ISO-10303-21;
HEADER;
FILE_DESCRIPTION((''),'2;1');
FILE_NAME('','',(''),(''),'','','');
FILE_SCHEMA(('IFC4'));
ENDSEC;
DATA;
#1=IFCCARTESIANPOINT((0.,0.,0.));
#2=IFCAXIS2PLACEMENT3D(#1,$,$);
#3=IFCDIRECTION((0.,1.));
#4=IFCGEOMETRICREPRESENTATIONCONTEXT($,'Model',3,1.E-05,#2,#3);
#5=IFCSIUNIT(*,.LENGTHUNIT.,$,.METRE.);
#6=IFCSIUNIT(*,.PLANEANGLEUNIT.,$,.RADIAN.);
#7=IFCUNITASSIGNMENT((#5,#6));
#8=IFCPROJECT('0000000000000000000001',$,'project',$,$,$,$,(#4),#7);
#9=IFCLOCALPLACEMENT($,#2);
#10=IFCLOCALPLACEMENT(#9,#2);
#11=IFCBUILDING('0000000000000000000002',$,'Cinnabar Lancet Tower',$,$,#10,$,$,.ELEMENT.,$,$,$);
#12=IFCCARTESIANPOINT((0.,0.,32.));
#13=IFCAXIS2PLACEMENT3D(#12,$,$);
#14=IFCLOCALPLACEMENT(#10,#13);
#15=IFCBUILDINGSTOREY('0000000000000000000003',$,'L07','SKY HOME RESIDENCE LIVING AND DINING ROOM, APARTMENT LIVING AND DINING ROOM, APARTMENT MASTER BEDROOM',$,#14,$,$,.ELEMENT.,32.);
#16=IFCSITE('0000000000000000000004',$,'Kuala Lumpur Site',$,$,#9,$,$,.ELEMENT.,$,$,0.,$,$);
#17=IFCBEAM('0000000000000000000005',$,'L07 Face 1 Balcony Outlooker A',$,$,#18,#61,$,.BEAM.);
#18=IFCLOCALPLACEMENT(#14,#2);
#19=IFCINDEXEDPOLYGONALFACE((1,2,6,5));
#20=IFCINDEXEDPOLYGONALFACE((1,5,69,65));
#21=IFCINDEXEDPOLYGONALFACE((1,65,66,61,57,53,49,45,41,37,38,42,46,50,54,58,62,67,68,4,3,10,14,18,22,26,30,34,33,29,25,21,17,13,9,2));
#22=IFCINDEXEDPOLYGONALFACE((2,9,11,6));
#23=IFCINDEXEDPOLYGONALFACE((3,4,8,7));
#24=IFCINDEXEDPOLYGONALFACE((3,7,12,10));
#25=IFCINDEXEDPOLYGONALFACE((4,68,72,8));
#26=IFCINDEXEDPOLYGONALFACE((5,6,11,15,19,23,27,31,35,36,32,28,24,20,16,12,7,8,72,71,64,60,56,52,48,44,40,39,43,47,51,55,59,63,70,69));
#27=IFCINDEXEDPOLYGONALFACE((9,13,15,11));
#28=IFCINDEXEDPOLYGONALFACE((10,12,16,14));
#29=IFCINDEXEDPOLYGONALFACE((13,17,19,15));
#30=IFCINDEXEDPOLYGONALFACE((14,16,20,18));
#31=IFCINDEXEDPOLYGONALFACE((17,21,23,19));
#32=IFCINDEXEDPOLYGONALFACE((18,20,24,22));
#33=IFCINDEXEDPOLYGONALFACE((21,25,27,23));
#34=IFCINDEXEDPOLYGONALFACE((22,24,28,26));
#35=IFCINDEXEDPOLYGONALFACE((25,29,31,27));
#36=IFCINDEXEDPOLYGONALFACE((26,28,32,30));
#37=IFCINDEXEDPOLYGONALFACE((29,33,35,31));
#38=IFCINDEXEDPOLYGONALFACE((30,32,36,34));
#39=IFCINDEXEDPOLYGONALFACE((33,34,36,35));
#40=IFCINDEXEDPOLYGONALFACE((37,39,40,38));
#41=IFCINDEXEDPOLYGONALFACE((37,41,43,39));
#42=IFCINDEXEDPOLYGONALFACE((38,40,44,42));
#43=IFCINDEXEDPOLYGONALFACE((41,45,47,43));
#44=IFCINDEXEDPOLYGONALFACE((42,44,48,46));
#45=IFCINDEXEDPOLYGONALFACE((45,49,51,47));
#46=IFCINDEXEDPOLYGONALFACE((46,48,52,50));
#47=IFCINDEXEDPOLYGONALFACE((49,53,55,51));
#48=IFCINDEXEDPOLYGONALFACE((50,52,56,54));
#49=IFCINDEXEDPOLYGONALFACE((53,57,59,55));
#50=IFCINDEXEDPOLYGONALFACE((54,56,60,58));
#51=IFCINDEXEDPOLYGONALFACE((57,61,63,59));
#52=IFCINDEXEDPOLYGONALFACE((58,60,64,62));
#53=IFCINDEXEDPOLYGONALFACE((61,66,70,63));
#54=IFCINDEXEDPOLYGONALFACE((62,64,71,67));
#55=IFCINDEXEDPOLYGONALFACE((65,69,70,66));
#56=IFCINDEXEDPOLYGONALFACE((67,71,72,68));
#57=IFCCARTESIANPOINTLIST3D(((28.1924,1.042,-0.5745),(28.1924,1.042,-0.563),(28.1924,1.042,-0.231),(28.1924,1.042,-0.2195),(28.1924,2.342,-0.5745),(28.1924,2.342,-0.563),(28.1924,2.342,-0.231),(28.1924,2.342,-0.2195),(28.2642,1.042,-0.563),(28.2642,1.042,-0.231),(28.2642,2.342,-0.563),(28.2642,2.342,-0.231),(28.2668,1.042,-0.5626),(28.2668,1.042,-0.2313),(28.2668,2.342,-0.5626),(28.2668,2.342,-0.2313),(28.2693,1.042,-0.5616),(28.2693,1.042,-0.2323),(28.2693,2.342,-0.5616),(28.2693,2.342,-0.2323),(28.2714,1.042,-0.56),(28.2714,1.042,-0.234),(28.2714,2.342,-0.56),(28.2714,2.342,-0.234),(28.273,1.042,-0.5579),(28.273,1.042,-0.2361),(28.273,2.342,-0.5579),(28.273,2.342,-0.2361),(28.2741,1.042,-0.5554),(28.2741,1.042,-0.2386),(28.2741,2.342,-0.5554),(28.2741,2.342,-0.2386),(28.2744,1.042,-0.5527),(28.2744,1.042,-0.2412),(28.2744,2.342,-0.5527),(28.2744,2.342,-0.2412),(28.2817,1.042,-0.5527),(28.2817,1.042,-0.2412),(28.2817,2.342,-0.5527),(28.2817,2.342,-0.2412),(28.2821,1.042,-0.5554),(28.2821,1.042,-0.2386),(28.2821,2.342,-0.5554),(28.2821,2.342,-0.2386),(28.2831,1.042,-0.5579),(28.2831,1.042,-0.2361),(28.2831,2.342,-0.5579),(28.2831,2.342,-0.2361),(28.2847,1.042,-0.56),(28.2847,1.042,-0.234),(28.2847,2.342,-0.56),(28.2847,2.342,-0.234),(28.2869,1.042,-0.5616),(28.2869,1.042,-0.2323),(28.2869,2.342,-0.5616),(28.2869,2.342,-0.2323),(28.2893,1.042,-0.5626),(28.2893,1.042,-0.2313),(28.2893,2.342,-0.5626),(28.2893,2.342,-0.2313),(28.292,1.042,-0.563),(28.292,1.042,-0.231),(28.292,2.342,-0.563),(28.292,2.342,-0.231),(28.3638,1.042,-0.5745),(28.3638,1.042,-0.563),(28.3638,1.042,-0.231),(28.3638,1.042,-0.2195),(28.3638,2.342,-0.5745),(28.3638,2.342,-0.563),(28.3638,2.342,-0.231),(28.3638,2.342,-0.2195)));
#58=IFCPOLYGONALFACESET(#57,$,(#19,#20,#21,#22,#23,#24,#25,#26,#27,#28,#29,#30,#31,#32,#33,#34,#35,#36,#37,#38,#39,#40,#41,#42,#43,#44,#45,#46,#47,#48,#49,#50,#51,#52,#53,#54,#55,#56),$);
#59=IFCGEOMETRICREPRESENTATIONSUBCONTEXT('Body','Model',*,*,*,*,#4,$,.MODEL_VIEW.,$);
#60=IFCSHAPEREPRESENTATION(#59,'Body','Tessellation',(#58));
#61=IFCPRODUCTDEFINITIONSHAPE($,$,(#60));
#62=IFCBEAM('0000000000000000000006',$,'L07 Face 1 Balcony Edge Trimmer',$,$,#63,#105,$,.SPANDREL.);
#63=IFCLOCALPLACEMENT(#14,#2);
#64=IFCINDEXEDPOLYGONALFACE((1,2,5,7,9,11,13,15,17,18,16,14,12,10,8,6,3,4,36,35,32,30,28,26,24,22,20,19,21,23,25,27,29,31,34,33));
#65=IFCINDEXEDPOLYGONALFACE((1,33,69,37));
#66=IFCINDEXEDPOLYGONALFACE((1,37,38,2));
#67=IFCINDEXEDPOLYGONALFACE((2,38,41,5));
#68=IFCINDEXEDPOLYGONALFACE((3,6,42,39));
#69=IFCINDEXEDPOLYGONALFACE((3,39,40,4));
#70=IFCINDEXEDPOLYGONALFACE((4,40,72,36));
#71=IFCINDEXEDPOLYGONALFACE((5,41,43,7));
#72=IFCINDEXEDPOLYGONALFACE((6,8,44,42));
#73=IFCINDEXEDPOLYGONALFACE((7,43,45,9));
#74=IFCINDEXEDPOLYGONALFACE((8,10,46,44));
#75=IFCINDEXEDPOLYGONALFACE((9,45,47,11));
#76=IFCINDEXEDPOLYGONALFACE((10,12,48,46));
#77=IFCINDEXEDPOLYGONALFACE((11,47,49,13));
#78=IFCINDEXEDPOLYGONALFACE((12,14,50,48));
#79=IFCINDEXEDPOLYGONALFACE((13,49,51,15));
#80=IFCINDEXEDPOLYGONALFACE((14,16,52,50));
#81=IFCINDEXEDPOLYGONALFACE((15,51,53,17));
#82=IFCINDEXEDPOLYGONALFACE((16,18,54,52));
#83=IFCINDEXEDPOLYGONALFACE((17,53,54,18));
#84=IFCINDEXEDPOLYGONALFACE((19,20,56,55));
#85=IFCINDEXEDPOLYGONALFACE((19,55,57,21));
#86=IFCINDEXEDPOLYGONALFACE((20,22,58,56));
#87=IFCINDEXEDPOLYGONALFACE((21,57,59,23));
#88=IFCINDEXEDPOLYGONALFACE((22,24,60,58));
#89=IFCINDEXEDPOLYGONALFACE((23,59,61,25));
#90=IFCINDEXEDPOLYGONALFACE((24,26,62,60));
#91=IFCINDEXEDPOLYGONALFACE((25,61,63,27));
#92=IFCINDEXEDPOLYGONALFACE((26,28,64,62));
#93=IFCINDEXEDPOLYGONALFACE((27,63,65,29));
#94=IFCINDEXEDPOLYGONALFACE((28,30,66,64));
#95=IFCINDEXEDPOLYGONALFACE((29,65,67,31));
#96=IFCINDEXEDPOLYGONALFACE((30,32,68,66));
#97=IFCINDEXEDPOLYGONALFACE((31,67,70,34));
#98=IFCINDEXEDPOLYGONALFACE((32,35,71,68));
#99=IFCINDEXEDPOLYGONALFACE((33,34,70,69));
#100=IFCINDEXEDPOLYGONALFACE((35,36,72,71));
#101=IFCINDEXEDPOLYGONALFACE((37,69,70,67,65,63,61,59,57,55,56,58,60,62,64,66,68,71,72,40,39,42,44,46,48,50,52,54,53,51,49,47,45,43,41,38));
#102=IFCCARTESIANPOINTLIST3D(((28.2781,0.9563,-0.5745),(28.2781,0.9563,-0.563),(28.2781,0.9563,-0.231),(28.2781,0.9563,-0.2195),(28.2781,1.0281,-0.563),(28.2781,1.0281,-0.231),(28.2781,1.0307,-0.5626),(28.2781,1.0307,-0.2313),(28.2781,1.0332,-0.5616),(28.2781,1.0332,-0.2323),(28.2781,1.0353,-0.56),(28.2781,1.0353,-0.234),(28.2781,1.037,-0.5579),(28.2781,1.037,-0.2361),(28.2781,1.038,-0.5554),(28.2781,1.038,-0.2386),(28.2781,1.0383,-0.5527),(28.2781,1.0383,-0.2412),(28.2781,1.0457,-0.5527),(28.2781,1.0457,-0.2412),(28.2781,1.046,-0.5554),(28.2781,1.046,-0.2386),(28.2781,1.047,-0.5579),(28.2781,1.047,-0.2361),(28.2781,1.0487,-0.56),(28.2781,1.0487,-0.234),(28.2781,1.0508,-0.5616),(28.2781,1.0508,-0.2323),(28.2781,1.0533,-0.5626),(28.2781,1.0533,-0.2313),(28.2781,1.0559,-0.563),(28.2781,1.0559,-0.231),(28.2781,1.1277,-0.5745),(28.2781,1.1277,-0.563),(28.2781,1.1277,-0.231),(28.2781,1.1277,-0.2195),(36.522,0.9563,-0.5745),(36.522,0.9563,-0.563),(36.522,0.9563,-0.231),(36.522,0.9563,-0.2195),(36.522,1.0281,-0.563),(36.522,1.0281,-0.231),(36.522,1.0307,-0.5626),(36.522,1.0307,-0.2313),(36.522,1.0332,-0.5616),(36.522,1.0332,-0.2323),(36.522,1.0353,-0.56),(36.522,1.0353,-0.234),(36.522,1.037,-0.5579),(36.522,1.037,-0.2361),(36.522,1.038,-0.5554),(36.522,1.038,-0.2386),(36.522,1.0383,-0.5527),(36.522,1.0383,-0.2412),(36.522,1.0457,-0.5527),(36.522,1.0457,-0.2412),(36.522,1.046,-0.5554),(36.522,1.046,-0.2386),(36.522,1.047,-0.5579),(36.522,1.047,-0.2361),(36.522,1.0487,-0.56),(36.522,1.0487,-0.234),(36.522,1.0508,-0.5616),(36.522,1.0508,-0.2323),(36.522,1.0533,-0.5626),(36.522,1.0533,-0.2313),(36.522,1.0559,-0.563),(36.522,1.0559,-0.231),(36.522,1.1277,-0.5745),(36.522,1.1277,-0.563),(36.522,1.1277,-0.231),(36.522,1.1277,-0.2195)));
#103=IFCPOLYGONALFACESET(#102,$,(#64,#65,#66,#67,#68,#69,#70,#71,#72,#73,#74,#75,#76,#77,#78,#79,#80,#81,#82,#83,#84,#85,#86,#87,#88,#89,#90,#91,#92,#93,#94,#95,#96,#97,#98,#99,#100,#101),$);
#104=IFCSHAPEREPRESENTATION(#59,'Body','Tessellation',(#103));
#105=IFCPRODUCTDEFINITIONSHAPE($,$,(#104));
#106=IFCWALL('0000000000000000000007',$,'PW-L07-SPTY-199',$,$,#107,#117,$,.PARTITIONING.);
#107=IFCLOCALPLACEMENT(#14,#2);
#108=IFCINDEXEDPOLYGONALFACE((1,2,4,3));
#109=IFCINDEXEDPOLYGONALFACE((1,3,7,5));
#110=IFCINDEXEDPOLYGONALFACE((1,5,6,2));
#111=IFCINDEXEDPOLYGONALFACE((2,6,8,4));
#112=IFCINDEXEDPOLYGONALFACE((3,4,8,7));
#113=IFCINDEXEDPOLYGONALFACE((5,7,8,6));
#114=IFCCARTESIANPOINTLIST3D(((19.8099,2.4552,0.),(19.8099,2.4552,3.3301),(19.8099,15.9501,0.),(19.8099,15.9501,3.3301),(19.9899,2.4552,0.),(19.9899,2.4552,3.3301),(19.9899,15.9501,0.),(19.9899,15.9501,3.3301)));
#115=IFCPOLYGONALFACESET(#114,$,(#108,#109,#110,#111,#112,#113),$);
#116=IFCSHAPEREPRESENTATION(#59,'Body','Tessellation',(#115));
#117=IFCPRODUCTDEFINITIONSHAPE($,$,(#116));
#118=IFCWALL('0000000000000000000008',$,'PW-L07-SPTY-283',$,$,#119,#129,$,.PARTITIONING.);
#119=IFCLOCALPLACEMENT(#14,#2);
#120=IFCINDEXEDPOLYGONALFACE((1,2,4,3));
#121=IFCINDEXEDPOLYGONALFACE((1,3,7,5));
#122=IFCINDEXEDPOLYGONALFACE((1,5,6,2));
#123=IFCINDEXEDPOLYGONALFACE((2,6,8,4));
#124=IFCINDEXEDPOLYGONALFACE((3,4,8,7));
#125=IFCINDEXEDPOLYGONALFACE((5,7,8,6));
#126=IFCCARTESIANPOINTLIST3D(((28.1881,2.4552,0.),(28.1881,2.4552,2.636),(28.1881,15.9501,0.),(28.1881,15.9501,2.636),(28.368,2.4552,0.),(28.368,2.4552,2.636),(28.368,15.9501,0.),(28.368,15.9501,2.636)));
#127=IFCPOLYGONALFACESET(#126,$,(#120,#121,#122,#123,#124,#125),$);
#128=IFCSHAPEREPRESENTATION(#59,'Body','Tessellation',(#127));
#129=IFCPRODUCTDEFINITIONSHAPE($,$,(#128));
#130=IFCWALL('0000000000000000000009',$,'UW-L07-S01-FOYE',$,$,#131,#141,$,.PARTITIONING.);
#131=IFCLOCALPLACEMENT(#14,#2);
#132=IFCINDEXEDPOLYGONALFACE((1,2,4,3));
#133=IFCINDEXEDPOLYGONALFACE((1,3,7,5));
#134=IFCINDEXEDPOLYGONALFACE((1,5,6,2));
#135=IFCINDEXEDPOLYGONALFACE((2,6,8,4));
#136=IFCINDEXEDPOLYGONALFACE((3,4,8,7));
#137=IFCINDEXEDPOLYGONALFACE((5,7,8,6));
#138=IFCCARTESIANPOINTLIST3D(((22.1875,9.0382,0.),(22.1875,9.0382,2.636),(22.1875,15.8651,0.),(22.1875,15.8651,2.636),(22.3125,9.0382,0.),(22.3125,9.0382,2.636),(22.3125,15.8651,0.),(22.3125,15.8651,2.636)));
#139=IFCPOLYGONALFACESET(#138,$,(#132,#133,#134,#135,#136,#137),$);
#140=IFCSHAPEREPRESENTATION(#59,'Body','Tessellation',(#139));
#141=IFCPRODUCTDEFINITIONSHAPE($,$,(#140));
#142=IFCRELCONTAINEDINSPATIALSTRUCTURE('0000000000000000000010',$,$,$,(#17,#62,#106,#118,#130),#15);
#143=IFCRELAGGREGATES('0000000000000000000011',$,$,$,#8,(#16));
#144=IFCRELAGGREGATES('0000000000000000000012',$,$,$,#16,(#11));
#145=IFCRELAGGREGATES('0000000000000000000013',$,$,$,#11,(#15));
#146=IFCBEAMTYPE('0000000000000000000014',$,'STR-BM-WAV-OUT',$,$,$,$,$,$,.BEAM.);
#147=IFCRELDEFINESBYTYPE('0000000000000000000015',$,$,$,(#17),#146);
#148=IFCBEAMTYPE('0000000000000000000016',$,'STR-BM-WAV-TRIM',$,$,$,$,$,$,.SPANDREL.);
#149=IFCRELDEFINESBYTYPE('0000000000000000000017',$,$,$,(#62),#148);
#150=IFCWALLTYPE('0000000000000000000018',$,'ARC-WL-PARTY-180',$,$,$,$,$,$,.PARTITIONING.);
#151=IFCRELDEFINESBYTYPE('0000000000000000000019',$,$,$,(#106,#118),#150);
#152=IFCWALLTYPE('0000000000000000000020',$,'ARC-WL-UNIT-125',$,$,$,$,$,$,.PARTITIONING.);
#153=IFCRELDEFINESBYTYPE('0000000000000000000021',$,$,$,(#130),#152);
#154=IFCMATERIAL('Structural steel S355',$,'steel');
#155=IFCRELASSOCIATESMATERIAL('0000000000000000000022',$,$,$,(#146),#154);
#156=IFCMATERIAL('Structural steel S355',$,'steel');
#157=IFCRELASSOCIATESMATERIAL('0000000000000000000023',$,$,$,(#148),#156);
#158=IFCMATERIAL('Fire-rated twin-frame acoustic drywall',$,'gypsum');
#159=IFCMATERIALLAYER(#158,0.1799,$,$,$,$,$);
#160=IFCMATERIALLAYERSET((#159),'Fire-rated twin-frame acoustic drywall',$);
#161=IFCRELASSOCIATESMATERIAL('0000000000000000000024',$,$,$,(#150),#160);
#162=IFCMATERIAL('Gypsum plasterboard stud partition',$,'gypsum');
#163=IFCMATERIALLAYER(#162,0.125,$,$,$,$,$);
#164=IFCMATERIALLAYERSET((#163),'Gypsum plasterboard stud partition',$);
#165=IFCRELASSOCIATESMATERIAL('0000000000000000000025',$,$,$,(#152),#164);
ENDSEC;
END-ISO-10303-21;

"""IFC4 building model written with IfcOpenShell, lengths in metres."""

from ifc_helpers import new_model, si_unit, direction, frame, frame_2d, origin, origin_2d, place, context, subcontext, project, spatial, rectangle, i_section, extrude, material, layer, layer_set, material_profile, profile_set, type_object, element, save


model = new_model("IFC4")

# Units and contexts
model_context = context("Model", 3, precision=1e-05, world=origin(), true_north=direction((0.0, 1.0)))
body_context = subcontext(model_context, "Body", "Model", "MODEL_VIEW")
ifc_project = project(units=[si_unit("LENGTHUNIT", "METRE"), si_unit("PLANEANGLEUNIT", "RADIAN")], contexts=[model_context])

# Site, building, storey
site_placement = place(None, origin())
site = spatial("IfcSite", under=ifc_project, at=site_placement, Name="Kuala Lumpur Site", CompositionType="ELEMENT", RefElevation=0.0)
building_placement = place(site_placement, origin())
building = spatial("IfcBuilding", under=site, at=building_placement, Name="Cinnabar Lancet Tower", CompositionType="ELEMENT")
storey_placement = place(building_placement, frame((0.0, 0.0, 32.0)))
storey = spatial("IfcBuildingStorey", under=building, at=storey_placement, Name="L07", Description="SKY HOME RESIDENCE LIVING AND DINING ROOM, APARTMENT LIVING AND DINING ROOM, APARTMENT MASTER BEDROOM", CompositionType="ELEMENT", Elevation=32.0)

# Beams
ifc_material_1 = material(Name="Structural steel S355", Category="steel")
ifc_material_profile_1 = material_profile(ifc_material_1, i_section(OverallWidth=0.1714, OverallDepth=0.355, WebThickness=0.0073, FlangeThickness=0.0115, FilletRadius=0.0103, at=origin_2d()), Name="UKB 356x171x51")
ifc_profile_set_1 = profile_set([ifc_material_profile_1], Name="Structural steel S355")
beam_type_1 = type_object("IfcBeamType", Name="STR-BM-WAV-OUT", PredefinedType="BEAM", material=ifc_profile_set_1)
beam_1_placement = place(storey_placement, frame((28.2781, 2.342, -0.397), z_axis=(0.0, -1.0, 0.0), x_axis=(1.0, 0.0, 0.0)))
element("IfcBeam", 1, at=beam_1_placement, inside=storey, type_object=beam_type_1, Name="L07 Face 1 Balcony Outlooker A", PredefinedType="BEAM", context=body_context, shape_type="SweptSolid", body=[
    extrude(i_section(OverallWidth=0.1714, OverallDepth=0.355, WebThickness=0.0073, FlangeThickness=0.0115, FilletRadius=0.0103, at=origin_2d()), origin(), (0.0, 0.0, 1.0), 1.3),
])
ifc_material_2 = material(Name="Structural steel S355", Category="steel")
ifc_material_profile_2 = material_profile(ifc_material_2, i_section(OverallWidth=0.1714, OverallDepth=0.355, WebThickness=0.0073, FlangeThickness=0.0115, FilletRadius=0.0103, at=origin_2d()), Name="UKB 356x171x51")
ifc_profile_set_2 = profile_set([ifc_material_profile_2], Name="Structural steel S355")
beam_type_2 = type_object("IfcBeamType", Name="STR-BM-WAV-TRIM", PredefinedType="SPANDREL", material=ifc_profile_set_2)
beam_2_placement = place(storey_placement, frame((28.2781, 1.042, -0.397), z_axis=(1.0, 0.0, 0.0), x_axis=(0.0, 1.0, 0.0)))
element("IfcBeam", 2, at=beam_2_placement, inside=storey, type_object=beam_type_2, Name="L07 Face 1 Balcony Edge Trimmer", PredefinedType="SPANDREL", context=body_context, shape_type="SweptSolid", body=[
    extrude(i_section(OverallWidth=0.1714, OverallDepth=0.355, WebThickness=0.0073, FlangeThickness=0.0115, FilletRadius=0.0103, at=origin_2d()), origin(), (0.0, 0.0, 1.0), 8.2439),
])

# Walls
ifc_material_3 = material(Name="Fire-rated twin-frame acoustic drywall", Category="gypsum")
ifc_layer_1 = layer(ifc_material_3, 0.1799)
ifc_layer_set_1 = layer_set([ifc_layer_1], Name="Fire-rated twin-frame acoustic drywall")
wall_type_1 = type_object("IfcWallType", Name="ARC-WL-PARTY-180", PredefinedType="PARTITIONING", material=ifc_layer_set_1)
wall_1_placement = place(storey_placement, frame((19.8999, 2.4551, 0.0), z_axis=(0.0, 0.0, 1.0), x_axis=(0.0, 1.0, 0.0)))
element("IfcWall", 3, at=wall_1_placement, inside=storey, type_object=wall_type_1, Name="PW-L07-SPTY-199", PredefinedType="PARTITIONING", context=body_context, shape_type="SweptSolid", body=[
    extrude(rectangle(XDim=13.4949, YDim=0.1799, at=frame_2d((6.7476, 0.0))), origin(), (0.0, 0.0, 1.0), 3.3301),
])
wall_2_placement = place(storey_placement, frame((28.2781, 2.4551, 0.0), z_axis=(0.0, 0.0, 1.0), x_axis=(0.0, 1.0, 0.0)))
element("IfcWall", 4, at=wall_2_placement, inside=storey, type_object=wall_type_1, Name="PW-L07-SPTY-283", PredefinedType="PARTITIONING", context=body_context, shape_type="SweptSolid", body=[
    extrude(rectangle(XDim=13.4949, YDim=0.1799, at=frame_2d((6.7476, 0.0))), origin(), (0.0, 0.0, 1.0), 2.636),
])
ifc_material_4 = material(Name="Gypsum plasterboard stud partition", Category="gypsum")
ifc_layer_2 = layer(ifc_material_4, 0.125)
ifc_layer_set_2 = layer_set([ifc_layer_2], Name="Gypsum plasterboard stud partition")
wall_type_2 = type_object("IfcWallType", Name="ARC-WL-UNIT-125", PredefinedType="PARTITIONING", material=ifc_layer_set_2)
wall_3_placement = place(storey_placement, frame((22.25, 9.0381, 0.0), z_axis=(0.0, 0.0, 1.0), x_axis=(0.0, 1.0, 0.0)))
element("IfcWall", 5, at=wall_3_placement, inside=storey, type_object=wall_type_2, Name="UW-L07-S01-FOYE", PredefinedType="PARTITIONING", context=body_context, shape_type="SweptSolid", body=[
    extrude(rectangle(XDim=6.8269, YDim=0.125, at=frame_2d((3.4136, 0.0))), origin(), (0.0, 0.0, 1.0), 2.636),
])

save(model, "model.ifc")
